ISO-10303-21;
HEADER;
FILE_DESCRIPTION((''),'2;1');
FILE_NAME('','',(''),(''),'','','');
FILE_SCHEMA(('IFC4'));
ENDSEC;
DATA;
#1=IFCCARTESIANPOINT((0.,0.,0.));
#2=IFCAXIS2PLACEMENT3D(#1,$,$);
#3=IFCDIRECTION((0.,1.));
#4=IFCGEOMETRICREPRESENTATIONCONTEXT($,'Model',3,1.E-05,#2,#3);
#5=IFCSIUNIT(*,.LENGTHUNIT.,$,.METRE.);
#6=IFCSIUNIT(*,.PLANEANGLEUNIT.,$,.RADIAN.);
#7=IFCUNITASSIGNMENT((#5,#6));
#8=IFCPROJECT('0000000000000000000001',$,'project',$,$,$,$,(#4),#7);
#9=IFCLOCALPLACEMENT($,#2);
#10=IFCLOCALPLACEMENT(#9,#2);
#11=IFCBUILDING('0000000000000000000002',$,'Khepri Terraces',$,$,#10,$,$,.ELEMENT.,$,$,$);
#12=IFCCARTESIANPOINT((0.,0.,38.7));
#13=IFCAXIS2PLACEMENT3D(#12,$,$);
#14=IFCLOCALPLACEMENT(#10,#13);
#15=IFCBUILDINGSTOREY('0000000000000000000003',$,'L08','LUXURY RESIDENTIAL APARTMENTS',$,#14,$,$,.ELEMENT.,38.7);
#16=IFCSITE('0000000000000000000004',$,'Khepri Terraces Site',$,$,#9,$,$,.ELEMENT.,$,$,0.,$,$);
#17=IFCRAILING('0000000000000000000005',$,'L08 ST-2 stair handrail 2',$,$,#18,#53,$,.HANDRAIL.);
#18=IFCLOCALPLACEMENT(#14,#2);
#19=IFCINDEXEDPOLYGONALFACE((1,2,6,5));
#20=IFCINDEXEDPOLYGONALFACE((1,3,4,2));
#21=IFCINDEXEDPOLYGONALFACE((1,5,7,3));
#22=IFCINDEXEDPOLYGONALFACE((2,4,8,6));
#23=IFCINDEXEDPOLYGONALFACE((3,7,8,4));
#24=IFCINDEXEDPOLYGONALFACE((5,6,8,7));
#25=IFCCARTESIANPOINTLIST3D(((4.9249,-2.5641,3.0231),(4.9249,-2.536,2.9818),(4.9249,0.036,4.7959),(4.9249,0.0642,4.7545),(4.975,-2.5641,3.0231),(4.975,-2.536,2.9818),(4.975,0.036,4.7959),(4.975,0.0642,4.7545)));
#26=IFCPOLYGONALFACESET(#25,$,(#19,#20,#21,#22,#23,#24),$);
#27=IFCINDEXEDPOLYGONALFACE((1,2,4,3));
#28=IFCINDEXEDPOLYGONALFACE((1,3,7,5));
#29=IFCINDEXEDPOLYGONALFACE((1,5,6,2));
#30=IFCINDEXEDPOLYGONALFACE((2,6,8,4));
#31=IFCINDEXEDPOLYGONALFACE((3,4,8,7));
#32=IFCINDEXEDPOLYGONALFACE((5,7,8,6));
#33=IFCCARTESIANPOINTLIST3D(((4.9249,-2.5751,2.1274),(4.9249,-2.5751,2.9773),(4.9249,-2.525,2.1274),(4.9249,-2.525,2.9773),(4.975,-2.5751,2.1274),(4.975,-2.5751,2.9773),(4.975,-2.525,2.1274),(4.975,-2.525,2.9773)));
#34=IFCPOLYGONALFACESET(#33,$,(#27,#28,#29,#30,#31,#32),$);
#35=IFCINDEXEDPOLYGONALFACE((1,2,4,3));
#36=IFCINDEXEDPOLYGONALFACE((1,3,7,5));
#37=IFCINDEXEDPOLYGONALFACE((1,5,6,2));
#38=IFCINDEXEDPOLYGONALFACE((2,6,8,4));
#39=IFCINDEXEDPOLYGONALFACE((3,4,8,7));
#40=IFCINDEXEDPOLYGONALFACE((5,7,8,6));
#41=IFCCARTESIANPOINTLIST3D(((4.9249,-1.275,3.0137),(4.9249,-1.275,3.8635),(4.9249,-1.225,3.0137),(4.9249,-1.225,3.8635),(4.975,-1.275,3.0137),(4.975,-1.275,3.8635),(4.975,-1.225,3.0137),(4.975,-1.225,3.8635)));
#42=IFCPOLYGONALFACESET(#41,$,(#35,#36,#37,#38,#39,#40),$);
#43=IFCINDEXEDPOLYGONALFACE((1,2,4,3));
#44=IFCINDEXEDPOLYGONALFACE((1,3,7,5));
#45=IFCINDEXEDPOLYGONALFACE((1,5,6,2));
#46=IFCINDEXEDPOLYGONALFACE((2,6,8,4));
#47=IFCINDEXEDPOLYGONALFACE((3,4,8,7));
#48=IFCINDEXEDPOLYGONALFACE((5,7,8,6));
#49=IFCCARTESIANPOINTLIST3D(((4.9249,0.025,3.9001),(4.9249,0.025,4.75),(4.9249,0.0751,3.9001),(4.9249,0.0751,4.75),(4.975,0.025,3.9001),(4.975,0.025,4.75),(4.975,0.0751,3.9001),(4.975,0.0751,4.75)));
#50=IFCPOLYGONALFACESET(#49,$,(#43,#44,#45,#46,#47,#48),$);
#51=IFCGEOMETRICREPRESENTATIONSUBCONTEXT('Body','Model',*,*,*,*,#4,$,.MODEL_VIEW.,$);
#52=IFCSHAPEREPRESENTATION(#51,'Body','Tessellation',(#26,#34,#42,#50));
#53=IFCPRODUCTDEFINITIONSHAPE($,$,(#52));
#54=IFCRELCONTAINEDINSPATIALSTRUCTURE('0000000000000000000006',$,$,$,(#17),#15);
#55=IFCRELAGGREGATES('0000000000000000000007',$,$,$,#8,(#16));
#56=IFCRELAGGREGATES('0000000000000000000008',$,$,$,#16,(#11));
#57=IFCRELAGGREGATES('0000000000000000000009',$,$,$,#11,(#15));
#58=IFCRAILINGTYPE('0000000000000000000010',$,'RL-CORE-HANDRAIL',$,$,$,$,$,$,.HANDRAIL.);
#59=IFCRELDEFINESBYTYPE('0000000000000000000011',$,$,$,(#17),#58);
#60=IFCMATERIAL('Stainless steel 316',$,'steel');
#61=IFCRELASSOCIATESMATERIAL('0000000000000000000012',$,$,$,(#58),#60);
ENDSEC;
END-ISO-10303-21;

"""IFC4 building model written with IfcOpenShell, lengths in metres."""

from ifc_helpers import new_model, si_unit, direction, frame, origin, origin_2d, place, context, subcontext, project, spatial, rectangle, extrude, material, type_object, element, save


model = new_model("IFC4")

# Units and contexts
model_context = context("Model", 3, precision=1e-05, world=origin(), true_north=direction((0.0, 1.0)))
body_context = subcontext(model_context, "Body", "Model", "MODEL_VIEW")
ifc_project = project(units=[si_unit("LENGTHUNIT", "METRE"), si_unit("PLANEANGLEUNIT", "RADIAN")], contexts=[model_context])

# Site, building, storey
site_placement = place(None, origin())
site = spatial("IfcSite", under=ifc_project, at=site_placement, Name="Khepri Terraces Site", CompositionType="ELEMENT", RefElevation=0.0)
building_placement = place(site_placement, origin())
building = spatial("IfcBuilding", under=site, at=building_placement, Name="Khepri Terraces", CompositionType="ELEMENT")
storey_placement = place(building_placement, frame((0.0, 0.0, 38.7)))
storey = spatial("IfcBuildingStorey", under=building, at=storey_placement, Name="L08", Description="LUXURY RESIDENTIAL APARTMENTS", CompositionType="ELEMENT", Elevation=38.7)

# Railing
ifc_material_1 = material(Name="Stainless steel 316", Category="steel")
railing_type_1 = type_object("IfcRailingType", Name="RL-CORE-HANDRAIL", PredefinedType="HANDRAIL", material=ifc_material_1)
railing_1_placement = place(storey_placement, frame((4.95, -2.55, 2.1274)))
element("IfcRailing", 1, at=railing_1_placement, inside=storey, type_object=railing_type_1, Name="L08 ST-2 stair handrail 2", PredefinedType="HANDRAIL", context=body_context, shape_type="SweptSolid", body=[
    extrude(rectangle(XDim=0.05, YDim=0.05, at=origin_2d()), frame((0.0, 0.0, 0.875), z_axis=(0.0, 0.82624, 0.563318), x_axis=(-1.0, 0.0, 0.0)), (0.0, 0.0, 1.0), 3.147),
    extrude(rectangle(XDim=0.05, YDim=0.05, at=origin_2d()), origin(), (0.0, 0.0, 1.0), 0.8499),
    extrude(rectangle(XDim=0.05, YDim=0.05, at=origin_2d()), frame((0.0, 1.3, 0.8862)), (0.0, 0.0, 1.0), 0.8499),
    extrude(rectangle(XDim=0.05, YDim=0.05, at=origin_2d()), frame((0.0, 2.6001, 1.7727)), (0.0, 0.0, 1.0), 0.8499),
])

save(model, "model.ifc")
